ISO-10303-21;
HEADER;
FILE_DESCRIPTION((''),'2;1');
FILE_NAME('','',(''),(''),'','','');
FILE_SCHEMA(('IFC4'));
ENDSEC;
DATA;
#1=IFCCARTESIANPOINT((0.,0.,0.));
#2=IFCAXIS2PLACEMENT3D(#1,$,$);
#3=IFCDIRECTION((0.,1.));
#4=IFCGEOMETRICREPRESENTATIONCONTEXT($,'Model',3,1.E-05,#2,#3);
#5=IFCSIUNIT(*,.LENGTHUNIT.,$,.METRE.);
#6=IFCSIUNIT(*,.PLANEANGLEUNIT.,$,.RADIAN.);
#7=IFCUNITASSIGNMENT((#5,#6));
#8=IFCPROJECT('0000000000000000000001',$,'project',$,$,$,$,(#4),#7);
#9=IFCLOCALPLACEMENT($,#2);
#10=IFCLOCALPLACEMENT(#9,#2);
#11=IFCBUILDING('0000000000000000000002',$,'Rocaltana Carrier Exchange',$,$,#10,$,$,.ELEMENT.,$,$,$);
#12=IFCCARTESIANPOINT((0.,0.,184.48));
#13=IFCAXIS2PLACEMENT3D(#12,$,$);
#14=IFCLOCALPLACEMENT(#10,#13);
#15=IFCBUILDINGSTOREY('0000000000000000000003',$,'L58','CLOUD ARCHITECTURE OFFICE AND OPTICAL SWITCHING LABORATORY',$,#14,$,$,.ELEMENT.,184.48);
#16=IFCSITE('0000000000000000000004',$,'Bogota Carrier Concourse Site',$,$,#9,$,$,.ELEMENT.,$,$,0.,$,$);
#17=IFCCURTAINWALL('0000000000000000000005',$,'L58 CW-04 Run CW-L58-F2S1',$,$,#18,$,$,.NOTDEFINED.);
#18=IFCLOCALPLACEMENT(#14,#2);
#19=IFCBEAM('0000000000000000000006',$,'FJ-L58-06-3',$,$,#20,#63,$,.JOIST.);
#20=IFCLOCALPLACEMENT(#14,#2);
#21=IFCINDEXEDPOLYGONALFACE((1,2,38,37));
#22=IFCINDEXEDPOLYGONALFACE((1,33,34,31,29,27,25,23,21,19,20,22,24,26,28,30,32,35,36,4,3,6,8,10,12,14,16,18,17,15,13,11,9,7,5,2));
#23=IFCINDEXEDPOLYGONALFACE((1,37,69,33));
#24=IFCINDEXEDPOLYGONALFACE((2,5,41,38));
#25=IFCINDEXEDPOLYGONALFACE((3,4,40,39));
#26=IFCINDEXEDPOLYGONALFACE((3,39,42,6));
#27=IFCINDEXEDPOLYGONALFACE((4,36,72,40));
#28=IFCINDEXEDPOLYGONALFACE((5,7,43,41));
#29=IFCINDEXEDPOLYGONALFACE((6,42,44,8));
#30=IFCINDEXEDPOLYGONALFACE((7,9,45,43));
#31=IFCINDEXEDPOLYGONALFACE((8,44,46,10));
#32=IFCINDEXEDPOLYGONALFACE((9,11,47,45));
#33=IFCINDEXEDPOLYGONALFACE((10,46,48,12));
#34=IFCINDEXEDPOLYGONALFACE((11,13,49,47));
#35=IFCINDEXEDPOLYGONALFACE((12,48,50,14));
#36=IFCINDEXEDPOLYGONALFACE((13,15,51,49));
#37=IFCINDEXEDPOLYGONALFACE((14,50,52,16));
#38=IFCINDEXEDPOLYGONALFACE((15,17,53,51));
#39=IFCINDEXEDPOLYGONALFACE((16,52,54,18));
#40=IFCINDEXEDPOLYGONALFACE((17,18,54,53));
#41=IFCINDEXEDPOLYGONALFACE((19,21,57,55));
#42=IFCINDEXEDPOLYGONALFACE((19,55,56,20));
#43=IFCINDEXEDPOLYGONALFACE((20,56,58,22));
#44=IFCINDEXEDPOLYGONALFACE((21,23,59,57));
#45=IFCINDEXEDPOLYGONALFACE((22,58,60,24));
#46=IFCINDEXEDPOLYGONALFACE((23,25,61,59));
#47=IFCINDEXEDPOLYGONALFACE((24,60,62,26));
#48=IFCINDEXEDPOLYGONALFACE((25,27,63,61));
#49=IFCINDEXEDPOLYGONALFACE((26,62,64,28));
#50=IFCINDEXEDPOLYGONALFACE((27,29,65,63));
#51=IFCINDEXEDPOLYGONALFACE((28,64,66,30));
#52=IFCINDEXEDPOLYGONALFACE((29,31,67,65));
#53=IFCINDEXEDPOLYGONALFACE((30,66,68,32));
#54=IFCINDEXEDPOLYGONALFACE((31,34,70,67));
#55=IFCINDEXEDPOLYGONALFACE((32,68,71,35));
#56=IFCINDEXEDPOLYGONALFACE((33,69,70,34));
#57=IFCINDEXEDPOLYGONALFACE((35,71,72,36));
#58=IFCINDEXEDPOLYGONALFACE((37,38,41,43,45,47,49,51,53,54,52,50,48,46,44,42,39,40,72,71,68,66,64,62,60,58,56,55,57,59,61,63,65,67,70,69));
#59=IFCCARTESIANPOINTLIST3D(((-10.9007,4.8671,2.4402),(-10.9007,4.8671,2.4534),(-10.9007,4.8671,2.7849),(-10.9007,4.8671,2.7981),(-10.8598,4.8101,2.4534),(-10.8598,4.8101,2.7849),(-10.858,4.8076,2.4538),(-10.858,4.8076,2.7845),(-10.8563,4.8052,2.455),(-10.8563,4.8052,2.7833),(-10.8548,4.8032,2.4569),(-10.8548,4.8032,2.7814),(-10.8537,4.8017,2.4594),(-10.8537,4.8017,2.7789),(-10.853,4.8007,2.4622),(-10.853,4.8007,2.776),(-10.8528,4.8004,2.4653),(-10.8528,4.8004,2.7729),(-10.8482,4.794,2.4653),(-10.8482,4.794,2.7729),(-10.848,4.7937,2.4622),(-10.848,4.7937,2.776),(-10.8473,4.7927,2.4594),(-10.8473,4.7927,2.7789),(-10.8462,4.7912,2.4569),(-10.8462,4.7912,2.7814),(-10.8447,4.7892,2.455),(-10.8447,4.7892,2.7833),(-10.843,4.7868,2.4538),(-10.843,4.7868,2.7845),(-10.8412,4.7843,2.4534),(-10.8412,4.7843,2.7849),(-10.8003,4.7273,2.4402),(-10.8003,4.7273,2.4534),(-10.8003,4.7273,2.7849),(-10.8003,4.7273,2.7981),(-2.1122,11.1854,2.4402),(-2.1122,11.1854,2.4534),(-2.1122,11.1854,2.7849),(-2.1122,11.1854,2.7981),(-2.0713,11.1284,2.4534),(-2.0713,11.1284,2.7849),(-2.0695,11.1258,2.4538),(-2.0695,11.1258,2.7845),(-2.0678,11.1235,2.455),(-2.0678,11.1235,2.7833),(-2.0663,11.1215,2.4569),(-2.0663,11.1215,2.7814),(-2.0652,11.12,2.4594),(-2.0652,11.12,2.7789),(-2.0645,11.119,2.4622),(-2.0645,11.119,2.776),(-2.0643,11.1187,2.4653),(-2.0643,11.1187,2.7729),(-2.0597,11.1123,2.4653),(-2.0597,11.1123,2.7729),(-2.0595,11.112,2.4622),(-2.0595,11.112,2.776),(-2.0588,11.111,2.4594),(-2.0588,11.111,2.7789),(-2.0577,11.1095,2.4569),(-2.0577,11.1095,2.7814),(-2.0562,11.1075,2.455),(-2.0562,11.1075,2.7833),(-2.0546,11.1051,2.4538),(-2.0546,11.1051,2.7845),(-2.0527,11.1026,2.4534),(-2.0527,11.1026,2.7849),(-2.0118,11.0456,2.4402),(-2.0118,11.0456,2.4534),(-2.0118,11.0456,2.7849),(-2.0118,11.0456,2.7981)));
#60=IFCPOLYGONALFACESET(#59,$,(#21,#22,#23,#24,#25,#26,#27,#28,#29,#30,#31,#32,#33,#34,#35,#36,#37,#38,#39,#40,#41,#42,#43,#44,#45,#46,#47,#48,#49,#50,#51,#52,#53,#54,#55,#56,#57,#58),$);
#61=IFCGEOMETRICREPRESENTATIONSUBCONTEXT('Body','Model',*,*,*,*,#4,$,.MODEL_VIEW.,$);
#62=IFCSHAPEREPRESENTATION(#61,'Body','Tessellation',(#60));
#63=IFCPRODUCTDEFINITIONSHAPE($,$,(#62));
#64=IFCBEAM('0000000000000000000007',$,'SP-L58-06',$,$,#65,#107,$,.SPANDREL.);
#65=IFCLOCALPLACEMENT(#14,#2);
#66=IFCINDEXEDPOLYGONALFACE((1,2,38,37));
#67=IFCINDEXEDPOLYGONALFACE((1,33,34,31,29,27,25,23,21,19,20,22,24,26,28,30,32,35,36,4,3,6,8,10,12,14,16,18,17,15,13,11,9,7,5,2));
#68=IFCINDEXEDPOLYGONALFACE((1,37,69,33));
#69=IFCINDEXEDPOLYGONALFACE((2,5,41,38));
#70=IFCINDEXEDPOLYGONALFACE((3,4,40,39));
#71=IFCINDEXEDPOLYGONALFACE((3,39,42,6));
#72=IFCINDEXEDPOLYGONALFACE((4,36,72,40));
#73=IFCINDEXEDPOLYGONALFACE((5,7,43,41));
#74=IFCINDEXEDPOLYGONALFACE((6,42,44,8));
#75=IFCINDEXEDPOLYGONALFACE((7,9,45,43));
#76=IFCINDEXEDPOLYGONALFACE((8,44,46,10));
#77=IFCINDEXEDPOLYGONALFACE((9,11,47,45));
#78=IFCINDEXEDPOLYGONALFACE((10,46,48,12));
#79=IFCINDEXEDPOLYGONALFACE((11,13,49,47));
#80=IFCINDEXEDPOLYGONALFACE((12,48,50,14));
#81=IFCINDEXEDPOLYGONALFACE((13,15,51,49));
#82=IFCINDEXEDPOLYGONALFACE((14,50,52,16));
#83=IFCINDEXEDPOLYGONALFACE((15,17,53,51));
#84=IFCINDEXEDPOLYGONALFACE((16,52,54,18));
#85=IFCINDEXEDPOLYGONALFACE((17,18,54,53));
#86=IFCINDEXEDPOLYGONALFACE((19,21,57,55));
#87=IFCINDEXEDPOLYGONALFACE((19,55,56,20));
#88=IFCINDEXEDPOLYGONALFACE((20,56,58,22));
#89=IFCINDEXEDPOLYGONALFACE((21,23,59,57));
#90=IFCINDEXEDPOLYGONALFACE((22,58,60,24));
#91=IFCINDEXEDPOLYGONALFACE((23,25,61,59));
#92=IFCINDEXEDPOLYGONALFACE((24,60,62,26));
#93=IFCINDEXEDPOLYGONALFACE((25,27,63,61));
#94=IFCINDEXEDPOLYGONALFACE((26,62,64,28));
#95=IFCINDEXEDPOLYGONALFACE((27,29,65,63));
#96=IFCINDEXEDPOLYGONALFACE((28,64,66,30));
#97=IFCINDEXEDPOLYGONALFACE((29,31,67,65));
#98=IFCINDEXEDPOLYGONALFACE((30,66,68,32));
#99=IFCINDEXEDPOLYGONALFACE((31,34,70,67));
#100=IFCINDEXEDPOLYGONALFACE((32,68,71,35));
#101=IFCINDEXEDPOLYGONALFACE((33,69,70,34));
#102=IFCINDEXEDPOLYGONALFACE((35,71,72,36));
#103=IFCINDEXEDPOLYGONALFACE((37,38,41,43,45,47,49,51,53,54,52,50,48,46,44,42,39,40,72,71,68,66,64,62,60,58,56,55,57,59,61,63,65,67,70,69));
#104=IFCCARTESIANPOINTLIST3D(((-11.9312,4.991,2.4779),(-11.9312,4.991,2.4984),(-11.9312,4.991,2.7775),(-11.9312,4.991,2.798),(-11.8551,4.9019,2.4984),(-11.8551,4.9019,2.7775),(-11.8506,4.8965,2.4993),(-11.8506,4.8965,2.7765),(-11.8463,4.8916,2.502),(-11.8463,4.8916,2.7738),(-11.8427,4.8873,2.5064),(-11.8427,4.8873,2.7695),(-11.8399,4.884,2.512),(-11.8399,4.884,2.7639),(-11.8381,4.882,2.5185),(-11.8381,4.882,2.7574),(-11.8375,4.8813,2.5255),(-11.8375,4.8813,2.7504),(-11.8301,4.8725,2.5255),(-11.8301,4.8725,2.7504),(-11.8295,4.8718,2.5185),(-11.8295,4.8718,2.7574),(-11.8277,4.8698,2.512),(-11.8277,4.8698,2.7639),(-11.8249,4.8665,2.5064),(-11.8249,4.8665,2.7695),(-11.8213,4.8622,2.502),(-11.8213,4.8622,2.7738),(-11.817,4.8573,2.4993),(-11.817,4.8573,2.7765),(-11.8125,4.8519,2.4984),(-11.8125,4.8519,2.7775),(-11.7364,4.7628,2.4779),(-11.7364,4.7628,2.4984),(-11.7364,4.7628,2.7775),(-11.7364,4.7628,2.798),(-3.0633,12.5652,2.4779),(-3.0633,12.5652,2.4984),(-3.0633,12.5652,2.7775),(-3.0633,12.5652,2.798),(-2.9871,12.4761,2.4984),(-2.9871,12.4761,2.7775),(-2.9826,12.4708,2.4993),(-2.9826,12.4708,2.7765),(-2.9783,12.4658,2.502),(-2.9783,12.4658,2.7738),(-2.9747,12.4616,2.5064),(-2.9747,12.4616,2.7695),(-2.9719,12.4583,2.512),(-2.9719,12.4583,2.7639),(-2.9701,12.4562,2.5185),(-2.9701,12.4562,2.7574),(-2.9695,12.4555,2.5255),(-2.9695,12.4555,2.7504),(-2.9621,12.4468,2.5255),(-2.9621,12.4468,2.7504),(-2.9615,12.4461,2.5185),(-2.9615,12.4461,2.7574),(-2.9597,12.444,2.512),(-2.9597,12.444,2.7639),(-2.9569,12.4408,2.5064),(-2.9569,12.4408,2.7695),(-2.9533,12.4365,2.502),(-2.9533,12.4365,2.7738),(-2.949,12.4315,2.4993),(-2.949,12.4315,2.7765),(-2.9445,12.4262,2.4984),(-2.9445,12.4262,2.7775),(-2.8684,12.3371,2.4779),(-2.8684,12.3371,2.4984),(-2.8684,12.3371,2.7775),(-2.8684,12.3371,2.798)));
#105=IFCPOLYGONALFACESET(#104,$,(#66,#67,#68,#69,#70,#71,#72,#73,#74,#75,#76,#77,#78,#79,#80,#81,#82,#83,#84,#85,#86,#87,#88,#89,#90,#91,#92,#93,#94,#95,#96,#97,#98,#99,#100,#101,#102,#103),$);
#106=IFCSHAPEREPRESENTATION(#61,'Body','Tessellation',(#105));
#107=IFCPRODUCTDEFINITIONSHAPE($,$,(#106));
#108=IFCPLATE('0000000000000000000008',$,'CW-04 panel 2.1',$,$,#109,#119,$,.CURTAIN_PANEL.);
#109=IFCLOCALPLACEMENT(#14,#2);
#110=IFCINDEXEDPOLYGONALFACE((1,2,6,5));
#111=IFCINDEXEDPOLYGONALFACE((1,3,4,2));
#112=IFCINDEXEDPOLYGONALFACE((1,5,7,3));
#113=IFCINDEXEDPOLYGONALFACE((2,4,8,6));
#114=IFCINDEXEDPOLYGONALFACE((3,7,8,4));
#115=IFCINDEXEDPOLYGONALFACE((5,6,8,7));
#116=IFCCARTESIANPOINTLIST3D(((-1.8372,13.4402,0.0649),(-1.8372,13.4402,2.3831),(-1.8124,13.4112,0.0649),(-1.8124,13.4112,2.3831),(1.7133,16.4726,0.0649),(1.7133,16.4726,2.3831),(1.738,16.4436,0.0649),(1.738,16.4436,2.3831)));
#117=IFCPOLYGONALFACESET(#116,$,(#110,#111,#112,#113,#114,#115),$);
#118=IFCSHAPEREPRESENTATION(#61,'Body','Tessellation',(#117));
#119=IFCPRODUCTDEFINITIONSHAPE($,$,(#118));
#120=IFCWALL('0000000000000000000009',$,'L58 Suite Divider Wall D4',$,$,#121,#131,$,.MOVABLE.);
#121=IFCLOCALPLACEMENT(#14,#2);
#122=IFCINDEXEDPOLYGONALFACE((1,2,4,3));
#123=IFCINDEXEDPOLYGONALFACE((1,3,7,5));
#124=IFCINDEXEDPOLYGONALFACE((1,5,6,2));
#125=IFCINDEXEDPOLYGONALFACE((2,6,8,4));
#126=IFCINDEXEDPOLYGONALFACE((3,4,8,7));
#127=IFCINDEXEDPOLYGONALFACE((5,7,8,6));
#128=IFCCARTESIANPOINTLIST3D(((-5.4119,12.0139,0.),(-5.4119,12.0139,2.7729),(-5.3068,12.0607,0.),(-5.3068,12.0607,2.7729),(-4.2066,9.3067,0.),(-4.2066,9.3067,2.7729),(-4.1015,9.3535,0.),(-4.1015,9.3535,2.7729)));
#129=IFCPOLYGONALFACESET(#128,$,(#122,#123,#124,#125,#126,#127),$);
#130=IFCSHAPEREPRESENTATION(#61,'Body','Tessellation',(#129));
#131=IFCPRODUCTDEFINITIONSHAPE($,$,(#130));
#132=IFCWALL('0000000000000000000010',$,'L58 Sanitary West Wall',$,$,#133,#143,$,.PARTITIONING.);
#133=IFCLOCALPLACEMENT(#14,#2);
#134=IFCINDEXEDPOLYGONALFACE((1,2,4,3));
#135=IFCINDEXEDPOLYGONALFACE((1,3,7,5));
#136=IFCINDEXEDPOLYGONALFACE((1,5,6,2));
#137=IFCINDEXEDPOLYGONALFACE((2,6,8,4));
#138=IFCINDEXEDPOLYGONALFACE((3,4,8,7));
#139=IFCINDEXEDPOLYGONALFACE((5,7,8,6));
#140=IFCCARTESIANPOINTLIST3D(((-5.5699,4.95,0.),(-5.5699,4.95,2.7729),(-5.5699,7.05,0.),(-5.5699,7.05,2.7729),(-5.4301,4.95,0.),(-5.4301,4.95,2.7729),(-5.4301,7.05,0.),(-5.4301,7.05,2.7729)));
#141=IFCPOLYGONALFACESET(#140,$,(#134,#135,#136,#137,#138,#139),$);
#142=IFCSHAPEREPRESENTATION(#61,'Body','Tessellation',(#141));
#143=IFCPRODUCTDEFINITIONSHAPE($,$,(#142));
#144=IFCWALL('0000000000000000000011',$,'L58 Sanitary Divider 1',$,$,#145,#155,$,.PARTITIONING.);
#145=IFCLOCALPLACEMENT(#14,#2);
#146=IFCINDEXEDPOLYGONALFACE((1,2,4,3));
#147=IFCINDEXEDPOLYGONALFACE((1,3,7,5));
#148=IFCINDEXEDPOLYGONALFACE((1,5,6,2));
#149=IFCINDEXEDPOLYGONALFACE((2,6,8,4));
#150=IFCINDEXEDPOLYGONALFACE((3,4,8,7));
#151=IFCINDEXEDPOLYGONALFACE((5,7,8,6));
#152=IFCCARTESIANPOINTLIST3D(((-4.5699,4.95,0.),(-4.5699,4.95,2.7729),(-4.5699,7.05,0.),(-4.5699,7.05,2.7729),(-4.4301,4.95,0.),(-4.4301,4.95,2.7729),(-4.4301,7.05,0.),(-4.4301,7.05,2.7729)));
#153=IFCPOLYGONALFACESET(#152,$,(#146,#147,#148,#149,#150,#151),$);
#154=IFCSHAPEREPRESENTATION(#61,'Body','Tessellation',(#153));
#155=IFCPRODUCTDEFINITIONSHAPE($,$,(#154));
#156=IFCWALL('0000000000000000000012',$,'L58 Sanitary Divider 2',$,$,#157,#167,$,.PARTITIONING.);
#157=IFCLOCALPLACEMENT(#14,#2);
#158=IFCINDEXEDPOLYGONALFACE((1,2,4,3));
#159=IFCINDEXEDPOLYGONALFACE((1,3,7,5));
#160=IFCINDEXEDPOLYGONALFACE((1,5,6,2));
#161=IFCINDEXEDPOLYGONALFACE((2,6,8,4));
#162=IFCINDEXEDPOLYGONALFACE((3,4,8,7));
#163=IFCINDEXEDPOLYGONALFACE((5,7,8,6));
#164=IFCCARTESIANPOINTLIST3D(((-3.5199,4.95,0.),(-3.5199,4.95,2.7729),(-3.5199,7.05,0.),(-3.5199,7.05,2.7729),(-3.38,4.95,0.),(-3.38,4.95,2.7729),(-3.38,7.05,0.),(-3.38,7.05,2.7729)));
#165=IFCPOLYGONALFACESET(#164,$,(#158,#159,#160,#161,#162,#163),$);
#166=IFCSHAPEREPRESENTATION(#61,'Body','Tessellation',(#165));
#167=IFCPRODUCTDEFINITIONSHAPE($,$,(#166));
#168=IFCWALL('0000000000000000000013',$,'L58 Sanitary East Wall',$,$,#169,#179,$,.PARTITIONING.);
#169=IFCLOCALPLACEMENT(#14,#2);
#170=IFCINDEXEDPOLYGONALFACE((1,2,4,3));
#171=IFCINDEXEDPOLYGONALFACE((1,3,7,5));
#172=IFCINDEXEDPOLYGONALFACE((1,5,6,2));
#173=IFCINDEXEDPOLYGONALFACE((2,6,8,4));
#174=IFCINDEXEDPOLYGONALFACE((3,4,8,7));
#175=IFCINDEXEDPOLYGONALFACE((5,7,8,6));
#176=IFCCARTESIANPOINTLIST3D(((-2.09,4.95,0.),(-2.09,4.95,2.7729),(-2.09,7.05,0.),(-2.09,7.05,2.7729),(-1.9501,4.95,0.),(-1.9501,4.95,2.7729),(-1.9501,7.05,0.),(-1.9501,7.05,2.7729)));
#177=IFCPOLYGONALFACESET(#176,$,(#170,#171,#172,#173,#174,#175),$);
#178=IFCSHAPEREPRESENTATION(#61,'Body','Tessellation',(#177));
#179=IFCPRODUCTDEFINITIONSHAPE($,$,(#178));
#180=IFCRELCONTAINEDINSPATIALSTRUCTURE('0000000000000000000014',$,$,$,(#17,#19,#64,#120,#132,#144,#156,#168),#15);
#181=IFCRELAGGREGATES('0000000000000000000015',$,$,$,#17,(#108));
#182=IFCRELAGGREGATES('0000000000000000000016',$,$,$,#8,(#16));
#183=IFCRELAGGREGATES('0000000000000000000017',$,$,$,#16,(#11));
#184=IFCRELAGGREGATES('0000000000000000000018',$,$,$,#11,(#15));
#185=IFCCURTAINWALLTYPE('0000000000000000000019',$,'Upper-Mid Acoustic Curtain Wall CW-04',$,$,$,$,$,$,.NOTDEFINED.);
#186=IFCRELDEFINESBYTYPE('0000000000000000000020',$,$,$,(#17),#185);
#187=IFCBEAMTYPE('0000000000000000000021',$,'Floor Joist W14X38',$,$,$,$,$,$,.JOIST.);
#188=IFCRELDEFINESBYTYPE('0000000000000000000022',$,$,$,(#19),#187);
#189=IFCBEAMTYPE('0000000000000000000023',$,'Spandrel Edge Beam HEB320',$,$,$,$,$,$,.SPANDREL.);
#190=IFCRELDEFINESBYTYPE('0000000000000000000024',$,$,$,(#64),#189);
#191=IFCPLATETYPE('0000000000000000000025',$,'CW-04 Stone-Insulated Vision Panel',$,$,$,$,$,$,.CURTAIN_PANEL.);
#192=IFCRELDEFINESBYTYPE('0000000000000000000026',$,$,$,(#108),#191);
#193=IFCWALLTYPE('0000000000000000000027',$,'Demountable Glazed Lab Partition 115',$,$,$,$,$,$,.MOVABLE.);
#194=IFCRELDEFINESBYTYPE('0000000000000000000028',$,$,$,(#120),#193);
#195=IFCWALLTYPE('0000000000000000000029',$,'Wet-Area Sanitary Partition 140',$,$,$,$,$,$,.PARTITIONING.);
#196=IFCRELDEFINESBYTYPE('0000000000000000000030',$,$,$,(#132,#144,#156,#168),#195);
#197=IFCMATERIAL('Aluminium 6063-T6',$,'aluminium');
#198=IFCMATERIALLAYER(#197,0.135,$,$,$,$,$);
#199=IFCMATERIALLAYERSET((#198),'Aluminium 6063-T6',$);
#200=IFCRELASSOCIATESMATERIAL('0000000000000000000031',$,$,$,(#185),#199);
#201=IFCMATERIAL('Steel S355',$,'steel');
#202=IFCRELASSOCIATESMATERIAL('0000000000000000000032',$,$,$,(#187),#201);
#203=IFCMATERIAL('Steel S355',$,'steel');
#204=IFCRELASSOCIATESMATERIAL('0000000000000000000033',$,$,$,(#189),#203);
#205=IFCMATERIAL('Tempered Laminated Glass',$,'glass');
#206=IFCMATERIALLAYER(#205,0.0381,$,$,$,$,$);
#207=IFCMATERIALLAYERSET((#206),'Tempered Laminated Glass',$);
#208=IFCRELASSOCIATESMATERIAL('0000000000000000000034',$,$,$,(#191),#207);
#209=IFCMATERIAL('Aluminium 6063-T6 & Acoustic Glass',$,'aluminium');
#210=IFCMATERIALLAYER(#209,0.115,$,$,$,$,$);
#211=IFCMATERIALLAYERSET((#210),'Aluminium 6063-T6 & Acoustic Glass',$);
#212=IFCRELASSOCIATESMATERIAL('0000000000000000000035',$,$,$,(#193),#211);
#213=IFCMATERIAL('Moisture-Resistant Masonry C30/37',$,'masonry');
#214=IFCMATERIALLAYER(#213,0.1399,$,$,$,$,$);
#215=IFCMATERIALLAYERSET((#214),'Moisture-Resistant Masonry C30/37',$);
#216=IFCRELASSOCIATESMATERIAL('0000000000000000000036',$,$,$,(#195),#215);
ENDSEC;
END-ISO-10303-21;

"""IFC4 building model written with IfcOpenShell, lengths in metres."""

from ifc_helpers import new_model, si_unit, direction, frame, frame_2d, origin, origin_2d, place, context, subcontext, project, spatial, rectangle, i_section, extrude, material, layer, layer_set, material_profile, profile_set, type_object, element, aggregate, save


model = new_model("IFC4")

# Units and contexts
model_context = context("Model", 3, precision=1e-05, world=origin(), true_north=direction((0.0, 1.0)))
body_context = subcontext(model_context, "Body", "Model", "MODEL_VIEW")
ifc_project = project(units=[si_unit("LENGTHUNIT", "METRE"), si_unit("PLANEANGLEUNIT", "RADIAN")], contexts=[model_context])

# Site, building, storey
site_placement = place(None, origin())
site = spatial("IfcSite", under=ifc_project, at=site_placement, Name="Bogota Carrier Concourse Site", CompositionType="ELEMENT", RefElevation=0.0)
building_placement = place(site_placement, origin())
building = spatial("IfcBuilding", under=site, at=building_placement, Name="Rocaltana Carrier Exchange", CompositionType="ELEMENT")
storey_placement = place(building_placement, frame((0.0, 0.0, 184.48)))
storey = spatial("IfcBuildingStorey", under=building, at=storey_placement, Name="L58", Description="CLOUD ARCHITECTURE OFFICE AND OPTICAL SWITCHING LABORATORY", CompositionType="ELEMENT", Elevation=184.48)

# Curtain wall
ifc_material_1 = material(Name="Aluminium 6063-T6", Category="aluminium")
ifc_layer_1 = layer(ifc_material_1, 0.135)
ifc_layer_set_1 = layer_set([ifc_layer_1], Name="Aluminium 6063-T6")
curtain_wall_type = type_object("IfcCurtainWallType", Name="Upper-Mid Acoustic Curtain Wall CW-04", PredefinedType="NOTDEFINED", material=ifc_layer_set_1)
curtain_wall_1_placement = place(storey_placement, origin())
curtain_wall_1 = element("IfcCurtainWall", 1, at=curtain_wall_1_placement, inside=storey, type_object=curtain_wall_type, Name="L58 CW-04 Run CW-L58-F2S1", PredefinedType="NOTDEFINED")

# Beams
ifc_material_2 = material(Name="Steel S355", Category="steel")
ifc_material_profile_1 = material_profile(ifc_material_2, i_section(OverallWidth=0.1721, OverallDepth=0.3579, WebThickness=0.0078, FlangeThickness=0.0132, FilletRadius=0.012, at=origin_2d()), Name="W14X38")
ifc_profile_set_1 = profile_set([ifc_material_profile_1], Name="Steel S355")
beam_type_1 = type_object("IfcBeamType", Name="Floor Joist W14X38", PredefinedType="JOIST", material=ifc_profile_set_1)
beam_1_placement = place(storey_placement, frame((-2.062, 11.1155, 2.6191), z_axis=(-0.811947, -0.583732, 0.0), x_axis=(0.583732, -0.811947, 0.0)))
element("IfcBeam", 2, at=beam_1_placement, inside=storey, type_object=beam_type_1, Name="FJ-L58-06-3", PredefinedType="JOIST", context=body_context, shape_type="SweptSolid", body=[
    extrude(i_section(OverallWidth=0.1721, OverallDepth=0.3579, WebThickness=0.0078, FlangeThickness=0.0132, FilletRadius=0.012, at=origin_2d()), origin(), (0.0, 0.0, 1.0), 10.824),
])
ifc_material_3 = material(Name="Steel S355", Category="steel")
ifc_material_profile_2 = material_profile(ifc_material_3, i_section(OverallWidth=0.3, OverallDepth=0.3201, WebThickness=0.0115, FlangeThickness=0.0205, FilletRadius=0.0271, at=origin_2d()), Name="HEB320")
ifc_profile_set_2 = profile_set([ifc_material_profile_2], Name="Steel S355")
beam_type_2 = type_object("IfcBeamType", Name="Spandrel Edge Beam HEB320", PredefinedType="SPANDREL", material=ifc_profile_set_2)
beam_2_placement = place(storey_placement, frame((-2.9658, 12.4512, 2.6379), z_axis=(-0.760393, -0.649463, 0.0), x_axis=(0.649463, -0.760393, 0.0)))
element("IfcBeam", 3, at=beam_2_placement, inside=storey, type_object=beam_type_2, Name="SP-L58-06", PredefinedType="SPANDREL", context=body_context, shape_type="SweptSolid", body=[
    extrude(i_section(OverallWidth=0.3, OverallDepth=0.3201, WebThickness=0.0115, FlangeThickness=0.0205, FilletRadius=0.0271, at=origin_2d()), origin(), (0.0, 0.0, 1.0), 11.6624),
])

# Plate
ifc_material_4 = material(Name="Tempered Laminated Glass", Category="glass")
ifc_layer_2 = layer(ifc_material_4, 0.0381)
ifc_layer_set_2 = layer_set([ifc_layer_2], Name="Tempered Laminated Glass")
plate_type = type_object("IfcPlateType", Name="CW-04 Stone-Insulated Vision Panel", PredefinedType="CURTAIN_PANEL", material=ifc_layer_set_2)
plate_placement = place(storey_placement, frame((-0.0496, 14.9419, 0.0649), z_axis=(0.0, 0.0, 1.0), x_axis=(-0.760406, -0.649448, 0.0)))
plate = element("IfcPlate", 4, at=plate_placement, type_object=plate_type, Name="CW-04 panel 2.1", PredefinedType="CURTAIN_PANEL", context=body_context, shape_type="SweptSolid", body=[
    extrude(rectangle(XDim=4.6692, YDim=0.0381, at=origin_2d()), origin(), (0.0, 0.0, 1.0), 2.3181),
])
aggregate(curtain_wall_1, [plate])

# Walls
ifc_material_5 = material(Name="Aluminium 6063-T6 & Acoustic Glass", Category="aluminium")
ifc_layer_3 = layer(ifc_material_5, 0.115)
ifc_layer_set_3 = layer_set([ifc_layer_3], Name="Aluminium 6063-T6 & Acoustic Glass")
wall_type_1 = type_object("IfcWallType", Name="Demountable Glazed Lab Partition 115", PredefinedType="MOVABLE", material=ifc_layer_set_3)
wall_1_placement = place(storey_placement, frame((-4.1541, 9.3301, 0.0), z_axis=(0.0, 0.0, 1.0), x_axis=(-0.406727, 0.91355, 0.0)))
element("IfcWall", 5, at=wall_1_placement, inside=storey, type_object=wall_type_1, Name="L58 Suite Divider Wall D4", PredefinedType="MOVABLE", context=body_context, shape_type="SweptSolid", body=[
    extrude(rectangle(XDim=2.9634, YDim=0.115, at=frame_2d((1.4817, 0.0))), origin(), (0.0, 0.0, 1.0), 2.7729),
])
ifc_material_6 = material(Name="Moisture-Resistant Masonry C30/37", Category="masonry")
ifc_layer_4 = layer(ifc_material_6, 0.1399)
ifc_layer_set_4 = layer_set([ifc_layer_4], Name="Moisture-Resistant Masonry C30/37")
wall_type_2 = type_object("IfcWallType", Name="Wet-Area Sanitary Partition 140", PredefinedType="PARTITIONING", material=ifc_layer_set_4)
for number, where, z_axis, x_axis, name in (
    (6, (-5.5, 4.95, 0.0), (0.0, 0.0, 1.0), (0.0, 1.0, 0.0), "L58 Sanitary West Wall"),
    (7, (-4.5, 4.95, 0.0), (0.0, 0.0, 1.0), (0.0, 1.0, 0.0), "L58 Sanitary Divider 1"),
    (8, (-3.45, 4.95, 0.0), (0.0, 0.0, 1.0), (0.0, 1.0, 0.0), "L58 Sanitary Divider 2"),
    (9, (-2.02, 4.95, 0.0), (0.0, 0.0, 1.0), (0.0, 1.0, 0.0), "L58 Sanitary East Wall"),
):
    element("IfcWall", number, at=place(storey_placement, frame(where, z_axis=z_axis, x_axis=x_axis)), inside=storey, type_object=wall_type_2, Name=name, PredefinedType="PARTITIONING", context=body_context, shape_type="SweptSolid", body=[
        extrude(rectangle(XDim=2.1001, YDim=0.1399, at=frame_2d((1.05, 0.0))), origin(), (0.0, 0.0, 1.0), 2.7729),
    ])

save(model, "model.ifc")
